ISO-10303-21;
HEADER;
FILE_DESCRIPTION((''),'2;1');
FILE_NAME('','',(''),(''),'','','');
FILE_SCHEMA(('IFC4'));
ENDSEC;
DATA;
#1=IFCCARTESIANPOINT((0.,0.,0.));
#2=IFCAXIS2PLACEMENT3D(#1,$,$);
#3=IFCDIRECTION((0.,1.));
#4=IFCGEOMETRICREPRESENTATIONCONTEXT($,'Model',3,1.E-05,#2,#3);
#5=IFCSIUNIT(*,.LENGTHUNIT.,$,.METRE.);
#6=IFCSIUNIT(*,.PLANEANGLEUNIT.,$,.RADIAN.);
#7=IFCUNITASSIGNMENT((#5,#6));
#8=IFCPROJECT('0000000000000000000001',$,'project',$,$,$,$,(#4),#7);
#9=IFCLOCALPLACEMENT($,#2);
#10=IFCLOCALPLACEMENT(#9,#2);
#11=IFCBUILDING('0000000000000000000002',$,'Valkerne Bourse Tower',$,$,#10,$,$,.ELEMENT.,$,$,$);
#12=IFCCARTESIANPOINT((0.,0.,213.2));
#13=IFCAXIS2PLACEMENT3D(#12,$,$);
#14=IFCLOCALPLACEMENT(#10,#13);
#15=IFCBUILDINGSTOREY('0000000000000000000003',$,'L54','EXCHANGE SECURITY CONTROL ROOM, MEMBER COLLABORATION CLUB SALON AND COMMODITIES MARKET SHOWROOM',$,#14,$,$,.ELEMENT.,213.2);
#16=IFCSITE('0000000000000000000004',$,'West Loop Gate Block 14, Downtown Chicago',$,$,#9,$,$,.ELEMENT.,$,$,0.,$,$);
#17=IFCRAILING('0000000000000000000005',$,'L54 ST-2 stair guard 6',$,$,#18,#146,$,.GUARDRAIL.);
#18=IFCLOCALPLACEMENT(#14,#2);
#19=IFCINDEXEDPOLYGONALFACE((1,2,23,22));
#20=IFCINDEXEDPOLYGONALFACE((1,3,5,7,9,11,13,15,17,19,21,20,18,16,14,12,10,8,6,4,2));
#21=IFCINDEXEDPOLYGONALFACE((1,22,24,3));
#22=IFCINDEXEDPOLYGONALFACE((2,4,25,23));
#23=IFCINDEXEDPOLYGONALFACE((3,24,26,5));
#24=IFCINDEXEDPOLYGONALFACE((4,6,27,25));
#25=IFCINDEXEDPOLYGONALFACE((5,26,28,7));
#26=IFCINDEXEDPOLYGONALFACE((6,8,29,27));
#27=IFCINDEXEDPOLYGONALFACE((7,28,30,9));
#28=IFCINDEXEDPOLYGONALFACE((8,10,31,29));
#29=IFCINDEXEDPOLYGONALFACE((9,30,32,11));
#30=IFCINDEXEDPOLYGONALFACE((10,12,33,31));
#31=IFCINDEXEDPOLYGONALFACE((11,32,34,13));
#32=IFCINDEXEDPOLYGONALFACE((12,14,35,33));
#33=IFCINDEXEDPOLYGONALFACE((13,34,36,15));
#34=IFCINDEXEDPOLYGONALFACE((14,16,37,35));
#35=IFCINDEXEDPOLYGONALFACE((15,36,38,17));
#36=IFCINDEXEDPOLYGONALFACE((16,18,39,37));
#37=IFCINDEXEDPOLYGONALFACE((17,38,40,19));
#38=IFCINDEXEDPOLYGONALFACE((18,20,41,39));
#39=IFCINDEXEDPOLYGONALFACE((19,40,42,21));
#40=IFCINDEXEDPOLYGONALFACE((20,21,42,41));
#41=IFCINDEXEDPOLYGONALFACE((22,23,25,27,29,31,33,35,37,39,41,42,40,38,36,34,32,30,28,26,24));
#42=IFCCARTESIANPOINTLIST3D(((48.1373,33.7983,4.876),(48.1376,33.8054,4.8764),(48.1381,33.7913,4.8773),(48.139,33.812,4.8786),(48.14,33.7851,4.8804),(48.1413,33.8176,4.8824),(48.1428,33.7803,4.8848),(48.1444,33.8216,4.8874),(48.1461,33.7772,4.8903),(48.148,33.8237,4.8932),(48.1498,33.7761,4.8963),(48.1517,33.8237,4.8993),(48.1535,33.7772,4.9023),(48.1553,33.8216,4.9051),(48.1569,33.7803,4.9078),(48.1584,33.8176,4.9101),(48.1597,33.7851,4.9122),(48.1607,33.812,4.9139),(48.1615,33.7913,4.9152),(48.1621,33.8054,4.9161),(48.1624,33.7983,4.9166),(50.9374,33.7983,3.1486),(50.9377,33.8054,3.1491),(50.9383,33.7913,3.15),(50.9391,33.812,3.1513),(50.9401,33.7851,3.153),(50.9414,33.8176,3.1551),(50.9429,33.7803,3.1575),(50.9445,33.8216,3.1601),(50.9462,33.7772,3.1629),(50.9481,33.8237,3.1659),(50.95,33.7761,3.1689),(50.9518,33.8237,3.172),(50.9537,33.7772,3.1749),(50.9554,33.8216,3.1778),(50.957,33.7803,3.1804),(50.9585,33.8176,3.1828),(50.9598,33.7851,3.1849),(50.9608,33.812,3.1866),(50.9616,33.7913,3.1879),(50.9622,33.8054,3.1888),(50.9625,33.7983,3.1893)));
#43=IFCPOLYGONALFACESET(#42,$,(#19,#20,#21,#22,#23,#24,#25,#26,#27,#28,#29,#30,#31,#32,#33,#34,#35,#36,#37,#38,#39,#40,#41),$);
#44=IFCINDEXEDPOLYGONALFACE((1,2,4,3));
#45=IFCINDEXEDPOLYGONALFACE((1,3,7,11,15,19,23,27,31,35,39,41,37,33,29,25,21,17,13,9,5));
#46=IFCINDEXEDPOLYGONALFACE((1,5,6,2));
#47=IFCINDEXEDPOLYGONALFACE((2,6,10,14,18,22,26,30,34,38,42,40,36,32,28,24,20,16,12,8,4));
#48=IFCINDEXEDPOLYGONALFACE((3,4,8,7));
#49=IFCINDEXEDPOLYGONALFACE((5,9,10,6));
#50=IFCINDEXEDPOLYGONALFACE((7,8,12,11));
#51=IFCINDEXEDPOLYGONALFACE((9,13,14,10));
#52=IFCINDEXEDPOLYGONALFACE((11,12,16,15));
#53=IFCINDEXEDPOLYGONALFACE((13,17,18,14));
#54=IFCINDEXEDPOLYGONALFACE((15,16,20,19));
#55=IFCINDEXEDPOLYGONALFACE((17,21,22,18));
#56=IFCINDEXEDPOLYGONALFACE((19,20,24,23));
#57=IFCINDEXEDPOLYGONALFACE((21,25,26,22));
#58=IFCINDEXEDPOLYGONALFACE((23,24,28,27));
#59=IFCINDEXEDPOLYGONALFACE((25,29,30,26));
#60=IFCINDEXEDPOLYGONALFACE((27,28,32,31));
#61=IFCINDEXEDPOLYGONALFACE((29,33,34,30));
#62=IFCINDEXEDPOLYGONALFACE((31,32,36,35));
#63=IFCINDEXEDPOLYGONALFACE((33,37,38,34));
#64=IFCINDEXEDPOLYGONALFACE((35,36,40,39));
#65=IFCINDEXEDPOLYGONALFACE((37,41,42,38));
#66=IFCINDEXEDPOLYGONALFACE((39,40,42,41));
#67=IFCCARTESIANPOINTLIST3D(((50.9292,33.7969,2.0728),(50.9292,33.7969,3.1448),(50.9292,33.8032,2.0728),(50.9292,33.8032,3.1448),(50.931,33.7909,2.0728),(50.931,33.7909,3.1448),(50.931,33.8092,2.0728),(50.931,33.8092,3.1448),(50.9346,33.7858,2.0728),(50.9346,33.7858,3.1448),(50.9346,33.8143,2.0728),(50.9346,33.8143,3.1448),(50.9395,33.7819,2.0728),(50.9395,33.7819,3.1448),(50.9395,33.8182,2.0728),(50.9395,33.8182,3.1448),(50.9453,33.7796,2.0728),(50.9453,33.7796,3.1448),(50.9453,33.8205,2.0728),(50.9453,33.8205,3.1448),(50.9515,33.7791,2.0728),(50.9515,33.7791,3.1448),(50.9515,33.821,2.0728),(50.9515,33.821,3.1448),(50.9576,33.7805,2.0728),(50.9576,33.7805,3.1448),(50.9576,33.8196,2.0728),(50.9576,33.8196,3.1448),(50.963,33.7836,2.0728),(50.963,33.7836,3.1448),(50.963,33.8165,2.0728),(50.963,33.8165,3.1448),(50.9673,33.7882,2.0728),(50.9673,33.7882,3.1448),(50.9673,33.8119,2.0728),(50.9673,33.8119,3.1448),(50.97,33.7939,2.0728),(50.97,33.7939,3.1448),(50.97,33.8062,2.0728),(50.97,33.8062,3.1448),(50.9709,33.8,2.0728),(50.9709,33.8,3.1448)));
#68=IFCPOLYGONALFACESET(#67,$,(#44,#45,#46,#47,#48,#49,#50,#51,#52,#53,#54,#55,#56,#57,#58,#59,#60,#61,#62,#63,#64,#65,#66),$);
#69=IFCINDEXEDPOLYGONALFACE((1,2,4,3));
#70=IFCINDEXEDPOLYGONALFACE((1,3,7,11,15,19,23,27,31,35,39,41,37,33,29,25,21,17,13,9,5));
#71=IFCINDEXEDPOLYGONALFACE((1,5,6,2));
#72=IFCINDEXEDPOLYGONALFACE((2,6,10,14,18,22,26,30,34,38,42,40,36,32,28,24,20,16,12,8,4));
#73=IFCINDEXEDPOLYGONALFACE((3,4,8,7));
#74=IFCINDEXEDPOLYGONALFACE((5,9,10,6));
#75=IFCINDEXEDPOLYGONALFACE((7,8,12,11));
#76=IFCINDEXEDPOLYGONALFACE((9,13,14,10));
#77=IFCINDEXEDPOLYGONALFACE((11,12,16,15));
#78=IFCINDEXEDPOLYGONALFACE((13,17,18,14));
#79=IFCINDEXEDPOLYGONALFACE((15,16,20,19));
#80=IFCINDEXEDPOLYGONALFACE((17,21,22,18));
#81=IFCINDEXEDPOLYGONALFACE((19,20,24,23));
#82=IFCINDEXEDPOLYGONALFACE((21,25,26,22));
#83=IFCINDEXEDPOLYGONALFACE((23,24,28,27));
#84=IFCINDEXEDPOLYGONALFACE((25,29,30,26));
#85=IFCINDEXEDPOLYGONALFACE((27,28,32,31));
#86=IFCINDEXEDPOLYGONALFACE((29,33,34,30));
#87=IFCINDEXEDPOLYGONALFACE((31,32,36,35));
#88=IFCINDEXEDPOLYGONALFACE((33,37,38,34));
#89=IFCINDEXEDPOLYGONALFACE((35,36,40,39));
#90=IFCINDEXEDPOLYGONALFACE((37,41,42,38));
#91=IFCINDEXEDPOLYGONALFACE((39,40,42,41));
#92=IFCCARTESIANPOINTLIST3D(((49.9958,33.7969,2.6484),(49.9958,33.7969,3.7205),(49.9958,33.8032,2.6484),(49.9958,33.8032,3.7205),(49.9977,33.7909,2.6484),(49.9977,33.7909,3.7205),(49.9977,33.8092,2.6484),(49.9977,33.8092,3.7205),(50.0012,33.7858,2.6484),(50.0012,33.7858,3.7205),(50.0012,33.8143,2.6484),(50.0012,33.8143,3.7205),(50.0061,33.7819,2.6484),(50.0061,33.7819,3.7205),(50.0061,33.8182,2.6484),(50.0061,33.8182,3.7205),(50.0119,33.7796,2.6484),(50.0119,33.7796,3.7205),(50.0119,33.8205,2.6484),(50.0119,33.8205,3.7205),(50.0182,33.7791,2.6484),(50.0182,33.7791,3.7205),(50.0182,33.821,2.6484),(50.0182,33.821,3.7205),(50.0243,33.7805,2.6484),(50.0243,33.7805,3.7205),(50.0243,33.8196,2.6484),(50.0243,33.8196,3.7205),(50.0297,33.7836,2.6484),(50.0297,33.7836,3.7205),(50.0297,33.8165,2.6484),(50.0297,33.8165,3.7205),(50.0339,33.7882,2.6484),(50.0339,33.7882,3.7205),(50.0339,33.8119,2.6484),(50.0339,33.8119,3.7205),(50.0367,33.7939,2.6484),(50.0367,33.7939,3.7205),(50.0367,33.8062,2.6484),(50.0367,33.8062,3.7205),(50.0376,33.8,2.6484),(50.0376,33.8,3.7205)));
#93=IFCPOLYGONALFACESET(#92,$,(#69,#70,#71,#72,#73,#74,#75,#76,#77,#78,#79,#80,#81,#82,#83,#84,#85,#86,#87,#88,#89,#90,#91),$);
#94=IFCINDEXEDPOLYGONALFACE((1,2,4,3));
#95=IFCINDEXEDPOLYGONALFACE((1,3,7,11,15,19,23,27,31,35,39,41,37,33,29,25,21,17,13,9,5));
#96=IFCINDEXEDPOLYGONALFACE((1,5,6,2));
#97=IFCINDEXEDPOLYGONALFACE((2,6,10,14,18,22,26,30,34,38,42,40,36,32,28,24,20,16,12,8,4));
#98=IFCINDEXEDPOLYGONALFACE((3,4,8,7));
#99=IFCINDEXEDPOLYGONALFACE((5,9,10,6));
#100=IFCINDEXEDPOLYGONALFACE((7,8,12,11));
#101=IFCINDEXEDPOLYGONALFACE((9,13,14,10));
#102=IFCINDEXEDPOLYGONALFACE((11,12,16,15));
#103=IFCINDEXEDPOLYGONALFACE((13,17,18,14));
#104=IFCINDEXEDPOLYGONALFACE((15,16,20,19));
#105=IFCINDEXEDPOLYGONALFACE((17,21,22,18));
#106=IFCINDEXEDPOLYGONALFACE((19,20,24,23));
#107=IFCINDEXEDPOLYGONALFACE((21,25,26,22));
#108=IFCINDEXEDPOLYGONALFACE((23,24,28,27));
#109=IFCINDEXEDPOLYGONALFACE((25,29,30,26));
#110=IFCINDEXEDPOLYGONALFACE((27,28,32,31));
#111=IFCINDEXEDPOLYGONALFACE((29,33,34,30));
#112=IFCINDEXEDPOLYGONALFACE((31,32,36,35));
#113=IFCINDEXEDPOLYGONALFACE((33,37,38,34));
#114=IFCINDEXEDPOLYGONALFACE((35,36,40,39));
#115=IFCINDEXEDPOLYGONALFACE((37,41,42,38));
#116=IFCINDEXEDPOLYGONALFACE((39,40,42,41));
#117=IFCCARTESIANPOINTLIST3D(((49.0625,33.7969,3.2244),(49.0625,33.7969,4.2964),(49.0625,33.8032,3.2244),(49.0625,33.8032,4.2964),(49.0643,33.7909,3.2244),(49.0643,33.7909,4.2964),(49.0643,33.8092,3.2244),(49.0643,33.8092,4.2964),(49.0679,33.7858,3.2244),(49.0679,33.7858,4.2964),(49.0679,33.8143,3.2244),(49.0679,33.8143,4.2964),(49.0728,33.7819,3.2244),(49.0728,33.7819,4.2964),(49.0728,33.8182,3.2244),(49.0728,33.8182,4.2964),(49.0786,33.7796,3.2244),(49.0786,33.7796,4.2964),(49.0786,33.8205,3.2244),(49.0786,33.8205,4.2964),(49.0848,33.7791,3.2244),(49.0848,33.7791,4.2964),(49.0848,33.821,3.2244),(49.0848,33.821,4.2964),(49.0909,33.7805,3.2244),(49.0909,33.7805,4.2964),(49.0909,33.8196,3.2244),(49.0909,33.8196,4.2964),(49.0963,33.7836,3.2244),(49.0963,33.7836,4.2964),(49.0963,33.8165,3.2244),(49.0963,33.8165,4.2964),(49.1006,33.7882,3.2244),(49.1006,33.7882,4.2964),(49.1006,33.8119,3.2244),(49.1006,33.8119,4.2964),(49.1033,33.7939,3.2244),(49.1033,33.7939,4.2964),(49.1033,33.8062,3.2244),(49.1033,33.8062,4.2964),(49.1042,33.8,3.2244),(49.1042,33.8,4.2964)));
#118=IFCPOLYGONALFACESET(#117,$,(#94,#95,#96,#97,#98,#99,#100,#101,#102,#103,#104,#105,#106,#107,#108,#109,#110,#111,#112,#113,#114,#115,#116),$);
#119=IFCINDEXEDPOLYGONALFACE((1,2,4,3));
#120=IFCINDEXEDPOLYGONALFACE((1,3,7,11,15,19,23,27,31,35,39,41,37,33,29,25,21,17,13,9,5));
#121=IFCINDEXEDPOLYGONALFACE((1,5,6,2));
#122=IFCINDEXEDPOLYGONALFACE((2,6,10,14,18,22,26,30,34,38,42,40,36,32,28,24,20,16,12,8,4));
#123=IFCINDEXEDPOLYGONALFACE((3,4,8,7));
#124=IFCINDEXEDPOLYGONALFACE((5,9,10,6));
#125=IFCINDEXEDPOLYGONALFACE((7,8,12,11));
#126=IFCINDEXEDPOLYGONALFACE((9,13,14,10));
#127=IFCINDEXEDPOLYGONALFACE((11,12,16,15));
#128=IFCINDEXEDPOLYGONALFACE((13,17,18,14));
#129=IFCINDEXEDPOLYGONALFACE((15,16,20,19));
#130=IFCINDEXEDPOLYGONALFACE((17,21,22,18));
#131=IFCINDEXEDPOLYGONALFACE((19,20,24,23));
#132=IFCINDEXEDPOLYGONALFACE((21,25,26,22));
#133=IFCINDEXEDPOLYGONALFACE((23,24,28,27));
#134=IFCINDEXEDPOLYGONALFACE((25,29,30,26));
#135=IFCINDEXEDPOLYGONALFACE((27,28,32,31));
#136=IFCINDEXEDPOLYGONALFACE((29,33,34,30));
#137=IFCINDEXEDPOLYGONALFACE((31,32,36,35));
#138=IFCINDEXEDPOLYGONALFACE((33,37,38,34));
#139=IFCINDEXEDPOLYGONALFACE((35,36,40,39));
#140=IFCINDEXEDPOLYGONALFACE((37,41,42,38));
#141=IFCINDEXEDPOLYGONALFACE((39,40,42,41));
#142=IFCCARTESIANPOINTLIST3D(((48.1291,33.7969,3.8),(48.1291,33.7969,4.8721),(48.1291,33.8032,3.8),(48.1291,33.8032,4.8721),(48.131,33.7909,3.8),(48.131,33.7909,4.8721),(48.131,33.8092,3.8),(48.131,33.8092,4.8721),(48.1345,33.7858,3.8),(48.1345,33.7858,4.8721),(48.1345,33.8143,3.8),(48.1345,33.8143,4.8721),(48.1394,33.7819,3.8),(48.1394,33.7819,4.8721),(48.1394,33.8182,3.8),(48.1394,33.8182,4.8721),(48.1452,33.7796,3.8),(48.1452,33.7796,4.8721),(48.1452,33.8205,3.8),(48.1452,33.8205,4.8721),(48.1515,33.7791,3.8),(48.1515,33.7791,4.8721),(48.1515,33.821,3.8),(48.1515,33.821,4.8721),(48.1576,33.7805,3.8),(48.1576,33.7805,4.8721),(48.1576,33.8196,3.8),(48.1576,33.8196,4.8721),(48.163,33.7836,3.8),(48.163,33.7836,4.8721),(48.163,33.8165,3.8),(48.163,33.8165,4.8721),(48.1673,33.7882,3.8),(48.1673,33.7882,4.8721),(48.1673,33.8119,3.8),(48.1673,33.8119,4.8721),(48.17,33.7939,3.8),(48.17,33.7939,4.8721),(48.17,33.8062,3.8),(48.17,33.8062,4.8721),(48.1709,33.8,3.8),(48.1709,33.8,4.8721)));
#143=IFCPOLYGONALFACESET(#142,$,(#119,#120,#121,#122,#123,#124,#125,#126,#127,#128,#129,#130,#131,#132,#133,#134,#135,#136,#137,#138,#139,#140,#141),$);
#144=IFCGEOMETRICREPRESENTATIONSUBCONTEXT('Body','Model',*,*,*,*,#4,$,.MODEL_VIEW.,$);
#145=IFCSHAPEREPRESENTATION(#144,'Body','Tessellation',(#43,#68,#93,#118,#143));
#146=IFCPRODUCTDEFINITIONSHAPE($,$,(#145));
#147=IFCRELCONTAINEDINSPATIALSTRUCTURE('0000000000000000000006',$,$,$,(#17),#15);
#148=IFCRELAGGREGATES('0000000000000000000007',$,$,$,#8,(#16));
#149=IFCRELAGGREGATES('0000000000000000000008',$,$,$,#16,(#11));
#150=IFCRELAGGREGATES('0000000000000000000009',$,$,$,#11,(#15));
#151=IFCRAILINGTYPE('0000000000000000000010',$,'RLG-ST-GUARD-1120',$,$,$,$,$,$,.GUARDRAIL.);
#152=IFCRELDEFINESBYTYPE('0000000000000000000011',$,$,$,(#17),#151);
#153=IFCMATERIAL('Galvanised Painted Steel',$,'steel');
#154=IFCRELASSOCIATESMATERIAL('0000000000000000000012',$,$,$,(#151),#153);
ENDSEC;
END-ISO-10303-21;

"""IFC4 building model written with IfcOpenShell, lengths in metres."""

from ifc_helpers import new_model, si_unit, direction, frame, origin, origin_2d, place, context, subcontext, project, spatial, circle, extrude, material, type_object, element, save


model = new_model("IFC4")

# Units and contexts
model_context = context("Model", 3, precision=1e-05, world=origin(), true_north=direction((0.0, 1.0)))
body_context = subcontext(model_context, "Body", "Model", "MODEL_VIEW")
ifc_project = project(units=[si_unit("LENGTHUNIT", "METRE"), si_unit("PLANEANGLEUNIT", "RADIAN")], contexts=[model_context])

# Site, building, storey
site_placement = place(None, origin())
site = spatial("IfcSite", under=ifc_project, at=site_placement, Name="West Loop Gate Block 14, Downtown Chicago", CompositionType="ELEMENT", RefElevation=0.0)
building_placement = place(site_placement, origin())
building = spatial("IfcBuilding", under=site, at=building_placement, Name="Valkerne Bourse Tower", CompositionType="ELEMENT")
storey_placement = place(building_placement, frame((0.0, 0.0, 213.2)))
storey = spatial("IfcBuildingStorey", under=building, at=storey_placement, Name="L54", Description="EXCHANGE SECURITY CONTROL ROOM, MEMBER COLLABORATION CLUB SALON AND COMMODITIES MARKET SHOWROOM", CompositionType="ELEMENT", Elevation=213.2)

# Shared definitions
ifc_material_1 = material(Name="Galvanised Painted Steel", Category="steel")

# Railing
railing_type_1 = type_object("IfcRailingType", Name="RLG-ST-GUARD-1120", PredefinedType="GUARDRAIL", material=ifc_material_1)
railing_1_placement = place(storey_placement, frame((50.95, 33.8, 2.0728)))
element("IfcRailing", 1, at=railing_1_placement, inside=storey, type_object=railing_type_1, Name="L54 ST-2 stair guard 6", PredefinedType="GUARDRAIL", context=body_context, shape_type="SweptSolid", body=[
    extrude(circle(Radius=0.0239, at=origin_2d()), frame((0.0, 0.0, 1.0962), z_axis=(-0.85109, 0.0, 0.52502), x_axis=(0.0, -1.0, 0.0)), (0.0, 0.0, 1.0), 3.29),
    extrude(circle(Radius=0.021, at=origin_2d()), origin(), (0.0, 0.0, 1.0), 1.072),
    extrude(circle(Radius=0.021, at=origin_2d()), frame((-0.9333, 0.0, 0.5757)), (0.0, 0.0, 1.0), 1.072),
    extrude(circle(Radius=0.021, at=origin_2d()), frame((-1.8667, 0.0, 1.1516)), (0.0, 0.0, 1.0), 1.072),
    extrude(circle(Radius=0.021, at=origin_2d()), frame((-2.8, 0.0, 1.7273)), (0.0, 0.0, 1.0), 1.072),
])

save(model, "model.ifc")
